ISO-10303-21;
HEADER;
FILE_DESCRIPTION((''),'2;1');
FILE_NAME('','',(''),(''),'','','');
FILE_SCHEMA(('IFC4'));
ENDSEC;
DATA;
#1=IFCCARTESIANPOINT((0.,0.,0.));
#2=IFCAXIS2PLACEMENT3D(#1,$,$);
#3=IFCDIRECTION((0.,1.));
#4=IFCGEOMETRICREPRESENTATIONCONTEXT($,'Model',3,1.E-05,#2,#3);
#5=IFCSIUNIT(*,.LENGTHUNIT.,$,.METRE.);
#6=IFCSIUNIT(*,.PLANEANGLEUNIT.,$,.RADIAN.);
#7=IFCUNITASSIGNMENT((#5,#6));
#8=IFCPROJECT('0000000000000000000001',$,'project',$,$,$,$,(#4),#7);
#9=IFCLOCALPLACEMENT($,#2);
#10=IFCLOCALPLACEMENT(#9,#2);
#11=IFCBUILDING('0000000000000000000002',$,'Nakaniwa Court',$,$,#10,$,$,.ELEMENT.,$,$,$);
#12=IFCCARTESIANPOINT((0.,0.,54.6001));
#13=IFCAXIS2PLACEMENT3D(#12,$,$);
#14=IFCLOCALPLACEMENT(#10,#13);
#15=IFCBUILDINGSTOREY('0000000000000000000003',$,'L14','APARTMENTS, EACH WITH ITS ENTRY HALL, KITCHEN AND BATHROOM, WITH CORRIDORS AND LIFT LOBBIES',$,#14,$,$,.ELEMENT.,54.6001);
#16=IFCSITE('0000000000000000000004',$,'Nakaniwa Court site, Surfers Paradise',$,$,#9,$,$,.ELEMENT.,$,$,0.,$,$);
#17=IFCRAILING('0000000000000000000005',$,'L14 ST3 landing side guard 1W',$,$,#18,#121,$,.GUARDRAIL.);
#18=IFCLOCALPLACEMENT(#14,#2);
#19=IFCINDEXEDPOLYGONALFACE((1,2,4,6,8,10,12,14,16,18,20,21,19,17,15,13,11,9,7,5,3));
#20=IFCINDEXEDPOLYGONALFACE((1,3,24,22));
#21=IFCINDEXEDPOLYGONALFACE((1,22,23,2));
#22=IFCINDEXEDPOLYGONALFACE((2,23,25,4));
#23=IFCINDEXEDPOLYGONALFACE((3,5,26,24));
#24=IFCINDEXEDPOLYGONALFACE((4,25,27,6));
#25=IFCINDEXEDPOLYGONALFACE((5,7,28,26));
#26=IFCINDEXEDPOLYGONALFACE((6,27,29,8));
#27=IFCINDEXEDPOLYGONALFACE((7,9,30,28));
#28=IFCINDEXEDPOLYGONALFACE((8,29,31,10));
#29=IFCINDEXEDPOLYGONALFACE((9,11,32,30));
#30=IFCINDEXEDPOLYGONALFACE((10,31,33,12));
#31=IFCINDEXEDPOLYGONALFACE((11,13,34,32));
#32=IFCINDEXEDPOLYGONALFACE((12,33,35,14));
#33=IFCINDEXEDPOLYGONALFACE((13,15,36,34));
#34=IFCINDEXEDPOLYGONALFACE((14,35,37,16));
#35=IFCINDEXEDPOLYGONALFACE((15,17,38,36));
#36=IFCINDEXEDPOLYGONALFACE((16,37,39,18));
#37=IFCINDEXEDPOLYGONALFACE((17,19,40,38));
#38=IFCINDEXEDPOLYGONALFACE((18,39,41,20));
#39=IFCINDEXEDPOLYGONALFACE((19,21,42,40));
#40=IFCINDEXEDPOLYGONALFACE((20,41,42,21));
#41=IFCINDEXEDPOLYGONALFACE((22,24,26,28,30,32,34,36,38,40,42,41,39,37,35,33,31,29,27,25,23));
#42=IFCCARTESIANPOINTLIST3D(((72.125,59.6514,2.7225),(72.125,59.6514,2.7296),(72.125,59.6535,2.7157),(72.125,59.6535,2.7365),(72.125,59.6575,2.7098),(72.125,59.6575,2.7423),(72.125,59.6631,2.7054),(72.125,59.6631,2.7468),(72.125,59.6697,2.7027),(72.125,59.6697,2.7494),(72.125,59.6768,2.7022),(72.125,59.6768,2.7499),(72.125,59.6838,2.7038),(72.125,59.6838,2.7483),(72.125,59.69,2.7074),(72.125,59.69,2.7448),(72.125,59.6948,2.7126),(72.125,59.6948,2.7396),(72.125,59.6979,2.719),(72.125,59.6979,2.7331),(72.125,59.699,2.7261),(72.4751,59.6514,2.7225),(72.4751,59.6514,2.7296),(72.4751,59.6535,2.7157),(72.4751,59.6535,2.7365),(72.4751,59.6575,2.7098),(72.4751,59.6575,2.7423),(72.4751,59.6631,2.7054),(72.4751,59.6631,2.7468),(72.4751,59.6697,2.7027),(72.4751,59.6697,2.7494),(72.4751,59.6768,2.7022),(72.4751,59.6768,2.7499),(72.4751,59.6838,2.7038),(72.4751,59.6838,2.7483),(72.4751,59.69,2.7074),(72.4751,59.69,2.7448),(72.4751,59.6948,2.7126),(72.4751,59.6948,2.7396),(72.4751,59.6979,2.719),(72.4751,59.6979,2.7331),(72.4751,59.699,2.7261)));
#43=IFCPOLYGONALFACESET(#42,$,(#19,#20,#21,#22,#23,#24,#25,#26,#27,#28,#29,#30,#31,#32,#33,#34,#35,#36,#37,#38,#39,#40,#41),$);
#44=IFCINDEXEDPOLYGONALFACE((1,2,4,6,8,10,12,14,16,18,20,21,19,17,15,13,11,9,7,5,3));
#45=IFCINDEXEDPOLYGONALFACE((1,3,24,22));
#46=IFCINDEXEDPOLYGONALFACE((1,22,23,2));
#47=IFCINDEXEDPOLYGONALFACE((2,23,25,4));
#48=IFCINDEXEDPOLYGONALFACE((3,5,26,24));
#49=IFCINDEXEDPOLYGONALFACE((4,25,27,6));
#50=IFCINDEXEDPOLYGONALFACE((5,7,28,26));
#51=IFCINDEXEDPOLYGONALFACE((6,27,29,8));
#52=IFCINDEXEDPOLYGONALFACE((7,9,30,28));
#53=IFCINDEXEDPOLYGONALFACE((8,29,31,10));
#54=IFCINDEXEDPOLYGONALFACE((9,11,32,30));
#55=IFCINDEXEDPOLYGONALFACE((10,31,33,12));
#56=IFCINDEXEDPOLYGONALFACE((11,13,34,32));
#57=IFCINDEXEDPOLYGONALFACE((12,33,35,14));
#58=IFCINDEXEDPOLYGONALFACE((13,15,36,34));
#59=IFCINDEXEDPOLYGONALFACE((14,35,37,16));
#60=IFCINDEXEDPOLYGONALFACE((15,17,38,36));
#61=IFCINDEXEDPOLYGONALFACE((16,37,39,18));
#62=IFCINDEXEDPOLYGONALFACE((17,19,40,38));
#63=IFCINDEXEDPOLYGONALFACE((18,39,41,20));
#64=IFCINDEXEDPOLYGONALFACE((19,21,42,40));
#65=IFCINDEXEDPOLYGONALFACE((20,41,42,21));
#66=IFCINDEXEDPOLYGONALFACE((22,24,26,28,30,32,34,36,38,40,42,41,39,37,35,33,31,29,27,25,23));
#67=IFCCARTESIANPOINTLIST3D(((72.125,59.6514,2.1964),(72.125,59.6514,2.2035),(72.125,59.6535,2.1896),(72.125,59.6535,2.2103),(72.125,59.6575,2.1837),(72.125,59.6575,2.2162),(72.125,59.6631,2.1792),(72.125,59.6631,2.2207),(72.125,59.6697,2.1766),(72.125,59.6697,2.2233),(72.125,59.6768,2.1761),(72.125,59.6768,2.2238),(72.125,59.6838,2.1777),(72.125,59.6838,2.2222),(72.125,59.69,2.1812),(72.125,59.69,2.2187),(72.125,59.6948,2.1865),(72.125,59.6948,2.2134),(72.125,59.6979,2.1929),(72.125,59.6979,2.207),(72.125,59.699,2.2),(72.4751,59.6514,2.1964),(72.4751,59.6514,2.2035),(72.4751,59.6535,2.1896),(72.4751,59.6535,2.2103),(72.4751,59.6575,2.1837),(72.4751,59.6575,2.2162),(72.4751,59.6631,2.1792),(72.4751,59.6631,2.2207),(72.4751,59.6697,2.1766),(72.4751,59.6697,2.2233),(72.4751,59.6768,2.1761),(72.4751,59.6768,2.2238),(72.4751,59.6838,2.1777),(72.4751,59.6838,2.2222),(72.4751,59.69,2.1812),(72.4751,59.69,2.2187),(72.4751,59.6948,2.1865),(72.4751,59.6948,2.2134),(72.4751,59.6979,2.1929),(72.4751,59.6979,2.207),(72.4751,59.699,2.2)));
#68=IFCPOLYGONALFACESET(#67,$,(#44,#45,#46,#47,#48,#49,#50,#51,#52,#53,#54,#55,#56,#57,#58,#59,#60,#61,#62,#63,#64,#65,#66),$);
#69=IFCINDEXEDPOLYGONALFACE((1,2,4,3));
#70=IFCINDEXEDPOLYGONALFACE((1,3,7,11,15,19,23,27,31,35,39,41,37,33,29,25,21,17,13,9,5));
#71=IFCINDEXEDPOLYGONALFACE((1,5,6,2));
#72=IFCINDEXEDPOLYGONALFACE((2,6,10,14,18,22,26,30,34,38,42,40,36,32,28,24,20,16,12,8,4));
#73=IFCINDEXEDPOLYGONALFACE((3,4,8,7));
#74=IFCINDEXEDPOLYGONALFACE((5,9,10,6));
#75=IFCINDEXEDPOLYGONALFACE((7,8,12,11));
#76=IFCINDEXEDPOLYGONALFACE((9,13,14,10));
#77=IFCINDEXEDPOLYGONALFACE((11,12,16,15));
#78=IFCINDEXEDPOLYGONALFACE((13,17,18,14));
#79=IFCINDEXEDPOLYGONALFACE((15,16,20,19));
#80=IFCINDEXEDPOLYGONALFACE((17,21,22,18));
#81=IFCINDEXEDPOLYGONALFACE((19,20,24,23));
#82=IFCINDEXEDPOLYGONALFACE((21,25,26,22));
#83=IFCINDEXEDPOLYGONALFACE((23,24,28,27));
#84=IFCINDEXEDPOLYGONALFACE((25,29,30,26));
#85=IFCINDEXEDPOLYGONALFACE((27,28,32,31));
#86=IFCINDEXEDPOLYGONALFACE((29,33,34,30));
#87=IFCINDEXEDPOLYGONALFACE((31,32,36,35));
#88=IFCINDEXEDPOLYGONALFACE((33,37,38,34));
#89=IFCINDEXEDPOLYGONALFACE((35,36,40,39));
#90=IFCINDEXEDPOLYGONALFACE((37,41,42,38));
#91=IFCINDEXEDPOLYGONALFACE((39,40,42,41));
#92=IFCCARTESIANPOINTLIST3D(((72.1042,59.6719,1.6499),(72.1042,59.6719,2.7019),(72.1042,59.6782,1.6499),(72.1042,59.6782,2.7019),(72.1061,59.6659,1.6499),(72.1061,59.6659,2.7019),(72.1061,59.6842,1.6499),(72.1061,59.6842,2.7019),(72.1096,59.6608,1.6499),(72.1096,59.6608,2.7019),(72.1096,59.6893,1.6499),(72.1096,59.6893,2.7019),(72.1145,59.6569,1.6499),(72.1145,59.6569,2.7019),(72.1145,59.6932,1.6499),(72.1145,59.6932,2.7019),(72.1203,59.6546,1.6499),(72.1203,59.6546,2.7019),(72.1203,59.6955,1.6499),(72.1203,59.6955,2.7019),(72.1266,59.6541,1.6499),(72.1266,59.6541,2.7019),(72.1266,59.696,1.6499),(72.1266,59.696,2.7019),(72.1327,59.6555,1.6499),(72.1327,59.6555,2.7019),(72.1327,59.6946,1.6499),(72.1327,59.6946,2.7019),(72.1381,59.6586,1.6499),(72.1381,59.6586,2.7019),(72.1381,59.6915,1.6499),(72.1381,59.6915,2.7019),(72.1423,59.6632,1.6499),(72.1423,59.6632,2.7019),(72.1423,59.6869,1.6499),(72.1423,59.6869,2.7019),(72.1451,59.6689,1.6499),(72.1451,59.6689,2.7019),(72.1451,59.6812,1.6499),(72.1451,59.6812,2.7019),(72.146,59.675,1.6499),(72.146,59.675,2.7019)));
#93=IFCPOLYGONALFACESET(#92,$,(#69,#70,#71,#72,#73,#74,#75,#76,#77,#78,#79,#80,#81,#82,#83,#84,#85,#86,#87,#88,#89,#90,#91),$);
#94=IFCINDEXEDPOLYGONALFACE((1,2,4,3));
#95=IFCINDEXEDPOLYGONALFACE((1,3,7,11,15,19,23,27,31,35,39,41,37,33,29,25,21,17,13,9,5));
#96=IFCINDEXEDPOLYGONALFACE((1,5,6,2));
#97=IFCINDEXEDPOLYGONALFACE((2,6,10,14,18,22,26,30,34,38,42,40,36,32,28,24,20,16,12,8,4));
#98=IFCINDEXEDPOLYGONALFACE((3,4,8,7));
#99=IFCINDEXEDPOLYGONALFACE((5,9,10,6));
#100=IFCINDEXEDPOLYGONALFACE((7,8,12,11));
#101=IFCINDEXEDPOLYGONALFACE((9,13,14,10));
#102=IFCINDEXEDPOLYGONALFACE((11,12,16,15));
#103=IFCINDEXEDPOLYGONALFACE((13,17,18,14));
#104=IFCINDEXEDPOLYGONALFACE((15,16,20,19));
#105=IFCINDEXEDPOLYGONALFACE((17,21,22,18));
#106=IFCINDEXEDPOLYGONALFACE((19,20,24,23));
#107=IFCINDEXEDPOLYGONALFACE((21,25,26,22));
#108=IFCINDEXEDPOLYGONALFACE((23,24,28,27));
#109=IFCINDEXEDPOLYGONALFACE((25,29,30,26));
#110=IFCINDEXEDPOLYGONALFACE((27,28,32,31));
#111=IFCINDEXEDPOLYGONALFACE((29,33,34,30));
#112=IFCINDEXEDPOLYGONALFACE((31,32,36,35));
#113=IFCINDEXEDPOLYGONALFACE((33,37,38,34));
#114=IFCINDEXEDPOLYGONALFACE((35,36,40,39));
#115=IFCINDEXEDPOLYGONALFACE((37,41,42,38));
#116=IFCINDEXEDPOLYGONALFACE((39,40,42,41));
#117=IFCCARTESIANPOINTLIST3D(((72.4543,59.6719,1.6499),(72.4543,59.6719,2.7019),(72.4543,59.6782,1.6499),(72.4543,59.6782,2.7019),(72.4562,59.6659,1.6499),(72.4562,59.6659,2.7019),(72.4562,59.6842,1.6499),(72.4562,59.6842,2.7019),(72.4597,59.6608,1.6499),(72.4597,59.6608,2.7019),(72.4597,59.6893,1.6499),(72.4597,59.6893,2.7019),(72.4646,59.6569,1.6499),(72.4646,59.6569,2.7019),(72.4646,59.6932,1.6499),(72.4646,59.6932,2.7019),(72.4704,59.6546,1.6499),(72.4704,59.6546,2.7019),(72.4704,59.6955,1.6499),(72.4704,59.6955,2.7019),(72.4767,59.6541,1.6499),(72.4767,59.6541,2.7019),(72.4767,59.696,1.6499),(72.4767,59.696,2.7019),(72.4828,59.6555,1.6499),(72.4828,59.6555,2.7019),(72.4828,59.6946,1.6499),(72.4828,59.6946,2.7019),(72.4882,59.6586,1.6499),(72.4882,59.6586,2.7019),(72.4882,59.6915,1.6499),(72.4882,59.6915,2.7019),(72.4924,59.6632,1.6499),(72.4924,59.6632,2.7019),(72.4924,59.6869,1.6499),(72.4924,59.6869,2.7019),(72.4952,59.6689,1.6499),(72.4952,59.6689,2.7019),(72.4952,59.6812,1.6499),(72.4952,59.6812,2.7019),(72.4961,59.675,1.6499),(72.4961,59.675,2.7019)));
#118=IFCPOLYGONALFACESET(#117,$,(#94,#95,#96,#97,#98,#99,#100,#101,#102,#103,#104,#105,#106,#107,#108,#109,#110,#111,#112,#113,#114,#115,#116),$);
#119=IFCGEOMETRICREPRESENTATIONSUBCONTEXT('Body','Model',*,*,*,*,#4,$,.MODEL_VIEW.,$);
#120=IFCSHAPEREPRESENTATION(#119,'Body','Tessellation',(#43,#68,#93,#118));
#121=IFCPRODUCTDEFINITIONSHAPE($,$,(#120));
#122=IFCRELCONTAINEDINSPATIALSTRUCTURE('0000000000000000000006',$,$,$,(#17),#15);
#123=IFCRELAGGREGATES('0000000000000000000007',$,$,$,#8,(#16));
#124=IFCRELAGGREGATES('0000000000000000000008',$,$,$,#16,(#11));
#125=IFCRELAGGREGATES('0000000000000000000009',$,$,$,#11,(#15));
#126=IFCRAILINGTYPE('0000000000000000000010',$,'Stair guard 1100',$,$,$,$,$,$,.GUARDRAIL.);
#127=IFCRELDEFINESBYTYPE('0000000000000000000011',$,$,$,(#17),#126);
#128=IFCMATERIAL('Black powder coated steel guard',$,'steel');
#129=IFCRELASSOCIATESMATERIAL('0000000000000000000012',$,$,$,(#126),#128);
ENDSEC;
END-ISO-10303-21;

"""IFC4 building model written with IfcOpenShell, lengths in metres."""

from ifc_helpers import new_model, si_unit, direction, frame, origin, origin_2d, place, context, subcontext, project, spatial, circle, extrude, material, type_object, element, save


model = new_model("IFC4")

# Units and contexts
model_context = context("Model", 3, precision=1e-05, world=origin(), true_north=direction((0.0, 1.0)))
body_context = subcontext(model_context, "Body", "Model", "MODEL_VIEW")
ifc_project = project(units=[si_unit("LENGTHUNIT", "METRE"), si_unit("PLANEANGLEUNIT", "RADIAN")], contexts=[model_context])

# Site, building, storey
site_placement = place(None, origin())
site = spatial("IfcSite", under=ifc_project, at=site_placement, Name="Nakaniwa Court site, Surfers Paradise", CompositionType="ELEMENT", RefElevation=0.0)
building_placement = place(site_placement, origin())
building = spatial("IfcBuilding", under=site, at=building_placement, Name="Nakaniwa Court", CompositionType="ELEMENT")
storey_placement = place(building_placement, frame((0.0, 0.0, 54.6001)))
storey = spatial("IfcBuildingStorey", under=building, at=storey_placement, Name="L14", Description="APARTMENTS, EACH WITH ITS ENTRY HALL, KITCHEN AND BATHROOM, WITH CORRIDORS AND LIFT LOBBIES", CompositionType="ELEMENT", Elevation=54.6001)

# Railing
ifc_material_1 = material(Name="Black powder coated steel guard", Category="steel")
railing_type_1 = type_object("IfcRailingType", Name="Stair guard 1100", PredefinedType="GUARDRAIL", material=ifc_material_1)
for number, where, name in (
    (1, (72.125, 59.675, 1.6499), "L14 ST3 landing side guard 1W"),
):
    element("IfcRailing", number, at=place(storey_placement, frame(where)), inside=storey, type_object=railing_type_1, Name=name, PredefinedType="GUARDRAIL", context=body_context, shape_type="SweptSolid", body=[
        extrude(circle(Radius=0.0239, at=origin_2d()), frame((0.0, 0.0, 1.0762), z_axis=(1.0, 0.0, 0.0), x_axis=(0.0, 1.0, 0.0)), (0.0, 0.0, 1.0), 0.3501),
        extrude(circle(Radius=0.0239, at=origin_2d()), frame((0.0, 0.0, 0.55), z_axis=(1.0, 0.0, 0.0), x_axis=(0.0, 1.0, 0.0)), (0.0, 0.0, 1.0), 0.3501),
        extrude(circle(Radius=0.021, at=origin_2d()), origin(), (0.0, 0.0, 1.0), 1.052),
        extrude(circle(Radius=0.021, at=origin_2d()), frame((0.3501, 0.0, 0.0)), (0.0, 0.0, 1.0), 1.052),
    ])

save(model, "model.ifc")
